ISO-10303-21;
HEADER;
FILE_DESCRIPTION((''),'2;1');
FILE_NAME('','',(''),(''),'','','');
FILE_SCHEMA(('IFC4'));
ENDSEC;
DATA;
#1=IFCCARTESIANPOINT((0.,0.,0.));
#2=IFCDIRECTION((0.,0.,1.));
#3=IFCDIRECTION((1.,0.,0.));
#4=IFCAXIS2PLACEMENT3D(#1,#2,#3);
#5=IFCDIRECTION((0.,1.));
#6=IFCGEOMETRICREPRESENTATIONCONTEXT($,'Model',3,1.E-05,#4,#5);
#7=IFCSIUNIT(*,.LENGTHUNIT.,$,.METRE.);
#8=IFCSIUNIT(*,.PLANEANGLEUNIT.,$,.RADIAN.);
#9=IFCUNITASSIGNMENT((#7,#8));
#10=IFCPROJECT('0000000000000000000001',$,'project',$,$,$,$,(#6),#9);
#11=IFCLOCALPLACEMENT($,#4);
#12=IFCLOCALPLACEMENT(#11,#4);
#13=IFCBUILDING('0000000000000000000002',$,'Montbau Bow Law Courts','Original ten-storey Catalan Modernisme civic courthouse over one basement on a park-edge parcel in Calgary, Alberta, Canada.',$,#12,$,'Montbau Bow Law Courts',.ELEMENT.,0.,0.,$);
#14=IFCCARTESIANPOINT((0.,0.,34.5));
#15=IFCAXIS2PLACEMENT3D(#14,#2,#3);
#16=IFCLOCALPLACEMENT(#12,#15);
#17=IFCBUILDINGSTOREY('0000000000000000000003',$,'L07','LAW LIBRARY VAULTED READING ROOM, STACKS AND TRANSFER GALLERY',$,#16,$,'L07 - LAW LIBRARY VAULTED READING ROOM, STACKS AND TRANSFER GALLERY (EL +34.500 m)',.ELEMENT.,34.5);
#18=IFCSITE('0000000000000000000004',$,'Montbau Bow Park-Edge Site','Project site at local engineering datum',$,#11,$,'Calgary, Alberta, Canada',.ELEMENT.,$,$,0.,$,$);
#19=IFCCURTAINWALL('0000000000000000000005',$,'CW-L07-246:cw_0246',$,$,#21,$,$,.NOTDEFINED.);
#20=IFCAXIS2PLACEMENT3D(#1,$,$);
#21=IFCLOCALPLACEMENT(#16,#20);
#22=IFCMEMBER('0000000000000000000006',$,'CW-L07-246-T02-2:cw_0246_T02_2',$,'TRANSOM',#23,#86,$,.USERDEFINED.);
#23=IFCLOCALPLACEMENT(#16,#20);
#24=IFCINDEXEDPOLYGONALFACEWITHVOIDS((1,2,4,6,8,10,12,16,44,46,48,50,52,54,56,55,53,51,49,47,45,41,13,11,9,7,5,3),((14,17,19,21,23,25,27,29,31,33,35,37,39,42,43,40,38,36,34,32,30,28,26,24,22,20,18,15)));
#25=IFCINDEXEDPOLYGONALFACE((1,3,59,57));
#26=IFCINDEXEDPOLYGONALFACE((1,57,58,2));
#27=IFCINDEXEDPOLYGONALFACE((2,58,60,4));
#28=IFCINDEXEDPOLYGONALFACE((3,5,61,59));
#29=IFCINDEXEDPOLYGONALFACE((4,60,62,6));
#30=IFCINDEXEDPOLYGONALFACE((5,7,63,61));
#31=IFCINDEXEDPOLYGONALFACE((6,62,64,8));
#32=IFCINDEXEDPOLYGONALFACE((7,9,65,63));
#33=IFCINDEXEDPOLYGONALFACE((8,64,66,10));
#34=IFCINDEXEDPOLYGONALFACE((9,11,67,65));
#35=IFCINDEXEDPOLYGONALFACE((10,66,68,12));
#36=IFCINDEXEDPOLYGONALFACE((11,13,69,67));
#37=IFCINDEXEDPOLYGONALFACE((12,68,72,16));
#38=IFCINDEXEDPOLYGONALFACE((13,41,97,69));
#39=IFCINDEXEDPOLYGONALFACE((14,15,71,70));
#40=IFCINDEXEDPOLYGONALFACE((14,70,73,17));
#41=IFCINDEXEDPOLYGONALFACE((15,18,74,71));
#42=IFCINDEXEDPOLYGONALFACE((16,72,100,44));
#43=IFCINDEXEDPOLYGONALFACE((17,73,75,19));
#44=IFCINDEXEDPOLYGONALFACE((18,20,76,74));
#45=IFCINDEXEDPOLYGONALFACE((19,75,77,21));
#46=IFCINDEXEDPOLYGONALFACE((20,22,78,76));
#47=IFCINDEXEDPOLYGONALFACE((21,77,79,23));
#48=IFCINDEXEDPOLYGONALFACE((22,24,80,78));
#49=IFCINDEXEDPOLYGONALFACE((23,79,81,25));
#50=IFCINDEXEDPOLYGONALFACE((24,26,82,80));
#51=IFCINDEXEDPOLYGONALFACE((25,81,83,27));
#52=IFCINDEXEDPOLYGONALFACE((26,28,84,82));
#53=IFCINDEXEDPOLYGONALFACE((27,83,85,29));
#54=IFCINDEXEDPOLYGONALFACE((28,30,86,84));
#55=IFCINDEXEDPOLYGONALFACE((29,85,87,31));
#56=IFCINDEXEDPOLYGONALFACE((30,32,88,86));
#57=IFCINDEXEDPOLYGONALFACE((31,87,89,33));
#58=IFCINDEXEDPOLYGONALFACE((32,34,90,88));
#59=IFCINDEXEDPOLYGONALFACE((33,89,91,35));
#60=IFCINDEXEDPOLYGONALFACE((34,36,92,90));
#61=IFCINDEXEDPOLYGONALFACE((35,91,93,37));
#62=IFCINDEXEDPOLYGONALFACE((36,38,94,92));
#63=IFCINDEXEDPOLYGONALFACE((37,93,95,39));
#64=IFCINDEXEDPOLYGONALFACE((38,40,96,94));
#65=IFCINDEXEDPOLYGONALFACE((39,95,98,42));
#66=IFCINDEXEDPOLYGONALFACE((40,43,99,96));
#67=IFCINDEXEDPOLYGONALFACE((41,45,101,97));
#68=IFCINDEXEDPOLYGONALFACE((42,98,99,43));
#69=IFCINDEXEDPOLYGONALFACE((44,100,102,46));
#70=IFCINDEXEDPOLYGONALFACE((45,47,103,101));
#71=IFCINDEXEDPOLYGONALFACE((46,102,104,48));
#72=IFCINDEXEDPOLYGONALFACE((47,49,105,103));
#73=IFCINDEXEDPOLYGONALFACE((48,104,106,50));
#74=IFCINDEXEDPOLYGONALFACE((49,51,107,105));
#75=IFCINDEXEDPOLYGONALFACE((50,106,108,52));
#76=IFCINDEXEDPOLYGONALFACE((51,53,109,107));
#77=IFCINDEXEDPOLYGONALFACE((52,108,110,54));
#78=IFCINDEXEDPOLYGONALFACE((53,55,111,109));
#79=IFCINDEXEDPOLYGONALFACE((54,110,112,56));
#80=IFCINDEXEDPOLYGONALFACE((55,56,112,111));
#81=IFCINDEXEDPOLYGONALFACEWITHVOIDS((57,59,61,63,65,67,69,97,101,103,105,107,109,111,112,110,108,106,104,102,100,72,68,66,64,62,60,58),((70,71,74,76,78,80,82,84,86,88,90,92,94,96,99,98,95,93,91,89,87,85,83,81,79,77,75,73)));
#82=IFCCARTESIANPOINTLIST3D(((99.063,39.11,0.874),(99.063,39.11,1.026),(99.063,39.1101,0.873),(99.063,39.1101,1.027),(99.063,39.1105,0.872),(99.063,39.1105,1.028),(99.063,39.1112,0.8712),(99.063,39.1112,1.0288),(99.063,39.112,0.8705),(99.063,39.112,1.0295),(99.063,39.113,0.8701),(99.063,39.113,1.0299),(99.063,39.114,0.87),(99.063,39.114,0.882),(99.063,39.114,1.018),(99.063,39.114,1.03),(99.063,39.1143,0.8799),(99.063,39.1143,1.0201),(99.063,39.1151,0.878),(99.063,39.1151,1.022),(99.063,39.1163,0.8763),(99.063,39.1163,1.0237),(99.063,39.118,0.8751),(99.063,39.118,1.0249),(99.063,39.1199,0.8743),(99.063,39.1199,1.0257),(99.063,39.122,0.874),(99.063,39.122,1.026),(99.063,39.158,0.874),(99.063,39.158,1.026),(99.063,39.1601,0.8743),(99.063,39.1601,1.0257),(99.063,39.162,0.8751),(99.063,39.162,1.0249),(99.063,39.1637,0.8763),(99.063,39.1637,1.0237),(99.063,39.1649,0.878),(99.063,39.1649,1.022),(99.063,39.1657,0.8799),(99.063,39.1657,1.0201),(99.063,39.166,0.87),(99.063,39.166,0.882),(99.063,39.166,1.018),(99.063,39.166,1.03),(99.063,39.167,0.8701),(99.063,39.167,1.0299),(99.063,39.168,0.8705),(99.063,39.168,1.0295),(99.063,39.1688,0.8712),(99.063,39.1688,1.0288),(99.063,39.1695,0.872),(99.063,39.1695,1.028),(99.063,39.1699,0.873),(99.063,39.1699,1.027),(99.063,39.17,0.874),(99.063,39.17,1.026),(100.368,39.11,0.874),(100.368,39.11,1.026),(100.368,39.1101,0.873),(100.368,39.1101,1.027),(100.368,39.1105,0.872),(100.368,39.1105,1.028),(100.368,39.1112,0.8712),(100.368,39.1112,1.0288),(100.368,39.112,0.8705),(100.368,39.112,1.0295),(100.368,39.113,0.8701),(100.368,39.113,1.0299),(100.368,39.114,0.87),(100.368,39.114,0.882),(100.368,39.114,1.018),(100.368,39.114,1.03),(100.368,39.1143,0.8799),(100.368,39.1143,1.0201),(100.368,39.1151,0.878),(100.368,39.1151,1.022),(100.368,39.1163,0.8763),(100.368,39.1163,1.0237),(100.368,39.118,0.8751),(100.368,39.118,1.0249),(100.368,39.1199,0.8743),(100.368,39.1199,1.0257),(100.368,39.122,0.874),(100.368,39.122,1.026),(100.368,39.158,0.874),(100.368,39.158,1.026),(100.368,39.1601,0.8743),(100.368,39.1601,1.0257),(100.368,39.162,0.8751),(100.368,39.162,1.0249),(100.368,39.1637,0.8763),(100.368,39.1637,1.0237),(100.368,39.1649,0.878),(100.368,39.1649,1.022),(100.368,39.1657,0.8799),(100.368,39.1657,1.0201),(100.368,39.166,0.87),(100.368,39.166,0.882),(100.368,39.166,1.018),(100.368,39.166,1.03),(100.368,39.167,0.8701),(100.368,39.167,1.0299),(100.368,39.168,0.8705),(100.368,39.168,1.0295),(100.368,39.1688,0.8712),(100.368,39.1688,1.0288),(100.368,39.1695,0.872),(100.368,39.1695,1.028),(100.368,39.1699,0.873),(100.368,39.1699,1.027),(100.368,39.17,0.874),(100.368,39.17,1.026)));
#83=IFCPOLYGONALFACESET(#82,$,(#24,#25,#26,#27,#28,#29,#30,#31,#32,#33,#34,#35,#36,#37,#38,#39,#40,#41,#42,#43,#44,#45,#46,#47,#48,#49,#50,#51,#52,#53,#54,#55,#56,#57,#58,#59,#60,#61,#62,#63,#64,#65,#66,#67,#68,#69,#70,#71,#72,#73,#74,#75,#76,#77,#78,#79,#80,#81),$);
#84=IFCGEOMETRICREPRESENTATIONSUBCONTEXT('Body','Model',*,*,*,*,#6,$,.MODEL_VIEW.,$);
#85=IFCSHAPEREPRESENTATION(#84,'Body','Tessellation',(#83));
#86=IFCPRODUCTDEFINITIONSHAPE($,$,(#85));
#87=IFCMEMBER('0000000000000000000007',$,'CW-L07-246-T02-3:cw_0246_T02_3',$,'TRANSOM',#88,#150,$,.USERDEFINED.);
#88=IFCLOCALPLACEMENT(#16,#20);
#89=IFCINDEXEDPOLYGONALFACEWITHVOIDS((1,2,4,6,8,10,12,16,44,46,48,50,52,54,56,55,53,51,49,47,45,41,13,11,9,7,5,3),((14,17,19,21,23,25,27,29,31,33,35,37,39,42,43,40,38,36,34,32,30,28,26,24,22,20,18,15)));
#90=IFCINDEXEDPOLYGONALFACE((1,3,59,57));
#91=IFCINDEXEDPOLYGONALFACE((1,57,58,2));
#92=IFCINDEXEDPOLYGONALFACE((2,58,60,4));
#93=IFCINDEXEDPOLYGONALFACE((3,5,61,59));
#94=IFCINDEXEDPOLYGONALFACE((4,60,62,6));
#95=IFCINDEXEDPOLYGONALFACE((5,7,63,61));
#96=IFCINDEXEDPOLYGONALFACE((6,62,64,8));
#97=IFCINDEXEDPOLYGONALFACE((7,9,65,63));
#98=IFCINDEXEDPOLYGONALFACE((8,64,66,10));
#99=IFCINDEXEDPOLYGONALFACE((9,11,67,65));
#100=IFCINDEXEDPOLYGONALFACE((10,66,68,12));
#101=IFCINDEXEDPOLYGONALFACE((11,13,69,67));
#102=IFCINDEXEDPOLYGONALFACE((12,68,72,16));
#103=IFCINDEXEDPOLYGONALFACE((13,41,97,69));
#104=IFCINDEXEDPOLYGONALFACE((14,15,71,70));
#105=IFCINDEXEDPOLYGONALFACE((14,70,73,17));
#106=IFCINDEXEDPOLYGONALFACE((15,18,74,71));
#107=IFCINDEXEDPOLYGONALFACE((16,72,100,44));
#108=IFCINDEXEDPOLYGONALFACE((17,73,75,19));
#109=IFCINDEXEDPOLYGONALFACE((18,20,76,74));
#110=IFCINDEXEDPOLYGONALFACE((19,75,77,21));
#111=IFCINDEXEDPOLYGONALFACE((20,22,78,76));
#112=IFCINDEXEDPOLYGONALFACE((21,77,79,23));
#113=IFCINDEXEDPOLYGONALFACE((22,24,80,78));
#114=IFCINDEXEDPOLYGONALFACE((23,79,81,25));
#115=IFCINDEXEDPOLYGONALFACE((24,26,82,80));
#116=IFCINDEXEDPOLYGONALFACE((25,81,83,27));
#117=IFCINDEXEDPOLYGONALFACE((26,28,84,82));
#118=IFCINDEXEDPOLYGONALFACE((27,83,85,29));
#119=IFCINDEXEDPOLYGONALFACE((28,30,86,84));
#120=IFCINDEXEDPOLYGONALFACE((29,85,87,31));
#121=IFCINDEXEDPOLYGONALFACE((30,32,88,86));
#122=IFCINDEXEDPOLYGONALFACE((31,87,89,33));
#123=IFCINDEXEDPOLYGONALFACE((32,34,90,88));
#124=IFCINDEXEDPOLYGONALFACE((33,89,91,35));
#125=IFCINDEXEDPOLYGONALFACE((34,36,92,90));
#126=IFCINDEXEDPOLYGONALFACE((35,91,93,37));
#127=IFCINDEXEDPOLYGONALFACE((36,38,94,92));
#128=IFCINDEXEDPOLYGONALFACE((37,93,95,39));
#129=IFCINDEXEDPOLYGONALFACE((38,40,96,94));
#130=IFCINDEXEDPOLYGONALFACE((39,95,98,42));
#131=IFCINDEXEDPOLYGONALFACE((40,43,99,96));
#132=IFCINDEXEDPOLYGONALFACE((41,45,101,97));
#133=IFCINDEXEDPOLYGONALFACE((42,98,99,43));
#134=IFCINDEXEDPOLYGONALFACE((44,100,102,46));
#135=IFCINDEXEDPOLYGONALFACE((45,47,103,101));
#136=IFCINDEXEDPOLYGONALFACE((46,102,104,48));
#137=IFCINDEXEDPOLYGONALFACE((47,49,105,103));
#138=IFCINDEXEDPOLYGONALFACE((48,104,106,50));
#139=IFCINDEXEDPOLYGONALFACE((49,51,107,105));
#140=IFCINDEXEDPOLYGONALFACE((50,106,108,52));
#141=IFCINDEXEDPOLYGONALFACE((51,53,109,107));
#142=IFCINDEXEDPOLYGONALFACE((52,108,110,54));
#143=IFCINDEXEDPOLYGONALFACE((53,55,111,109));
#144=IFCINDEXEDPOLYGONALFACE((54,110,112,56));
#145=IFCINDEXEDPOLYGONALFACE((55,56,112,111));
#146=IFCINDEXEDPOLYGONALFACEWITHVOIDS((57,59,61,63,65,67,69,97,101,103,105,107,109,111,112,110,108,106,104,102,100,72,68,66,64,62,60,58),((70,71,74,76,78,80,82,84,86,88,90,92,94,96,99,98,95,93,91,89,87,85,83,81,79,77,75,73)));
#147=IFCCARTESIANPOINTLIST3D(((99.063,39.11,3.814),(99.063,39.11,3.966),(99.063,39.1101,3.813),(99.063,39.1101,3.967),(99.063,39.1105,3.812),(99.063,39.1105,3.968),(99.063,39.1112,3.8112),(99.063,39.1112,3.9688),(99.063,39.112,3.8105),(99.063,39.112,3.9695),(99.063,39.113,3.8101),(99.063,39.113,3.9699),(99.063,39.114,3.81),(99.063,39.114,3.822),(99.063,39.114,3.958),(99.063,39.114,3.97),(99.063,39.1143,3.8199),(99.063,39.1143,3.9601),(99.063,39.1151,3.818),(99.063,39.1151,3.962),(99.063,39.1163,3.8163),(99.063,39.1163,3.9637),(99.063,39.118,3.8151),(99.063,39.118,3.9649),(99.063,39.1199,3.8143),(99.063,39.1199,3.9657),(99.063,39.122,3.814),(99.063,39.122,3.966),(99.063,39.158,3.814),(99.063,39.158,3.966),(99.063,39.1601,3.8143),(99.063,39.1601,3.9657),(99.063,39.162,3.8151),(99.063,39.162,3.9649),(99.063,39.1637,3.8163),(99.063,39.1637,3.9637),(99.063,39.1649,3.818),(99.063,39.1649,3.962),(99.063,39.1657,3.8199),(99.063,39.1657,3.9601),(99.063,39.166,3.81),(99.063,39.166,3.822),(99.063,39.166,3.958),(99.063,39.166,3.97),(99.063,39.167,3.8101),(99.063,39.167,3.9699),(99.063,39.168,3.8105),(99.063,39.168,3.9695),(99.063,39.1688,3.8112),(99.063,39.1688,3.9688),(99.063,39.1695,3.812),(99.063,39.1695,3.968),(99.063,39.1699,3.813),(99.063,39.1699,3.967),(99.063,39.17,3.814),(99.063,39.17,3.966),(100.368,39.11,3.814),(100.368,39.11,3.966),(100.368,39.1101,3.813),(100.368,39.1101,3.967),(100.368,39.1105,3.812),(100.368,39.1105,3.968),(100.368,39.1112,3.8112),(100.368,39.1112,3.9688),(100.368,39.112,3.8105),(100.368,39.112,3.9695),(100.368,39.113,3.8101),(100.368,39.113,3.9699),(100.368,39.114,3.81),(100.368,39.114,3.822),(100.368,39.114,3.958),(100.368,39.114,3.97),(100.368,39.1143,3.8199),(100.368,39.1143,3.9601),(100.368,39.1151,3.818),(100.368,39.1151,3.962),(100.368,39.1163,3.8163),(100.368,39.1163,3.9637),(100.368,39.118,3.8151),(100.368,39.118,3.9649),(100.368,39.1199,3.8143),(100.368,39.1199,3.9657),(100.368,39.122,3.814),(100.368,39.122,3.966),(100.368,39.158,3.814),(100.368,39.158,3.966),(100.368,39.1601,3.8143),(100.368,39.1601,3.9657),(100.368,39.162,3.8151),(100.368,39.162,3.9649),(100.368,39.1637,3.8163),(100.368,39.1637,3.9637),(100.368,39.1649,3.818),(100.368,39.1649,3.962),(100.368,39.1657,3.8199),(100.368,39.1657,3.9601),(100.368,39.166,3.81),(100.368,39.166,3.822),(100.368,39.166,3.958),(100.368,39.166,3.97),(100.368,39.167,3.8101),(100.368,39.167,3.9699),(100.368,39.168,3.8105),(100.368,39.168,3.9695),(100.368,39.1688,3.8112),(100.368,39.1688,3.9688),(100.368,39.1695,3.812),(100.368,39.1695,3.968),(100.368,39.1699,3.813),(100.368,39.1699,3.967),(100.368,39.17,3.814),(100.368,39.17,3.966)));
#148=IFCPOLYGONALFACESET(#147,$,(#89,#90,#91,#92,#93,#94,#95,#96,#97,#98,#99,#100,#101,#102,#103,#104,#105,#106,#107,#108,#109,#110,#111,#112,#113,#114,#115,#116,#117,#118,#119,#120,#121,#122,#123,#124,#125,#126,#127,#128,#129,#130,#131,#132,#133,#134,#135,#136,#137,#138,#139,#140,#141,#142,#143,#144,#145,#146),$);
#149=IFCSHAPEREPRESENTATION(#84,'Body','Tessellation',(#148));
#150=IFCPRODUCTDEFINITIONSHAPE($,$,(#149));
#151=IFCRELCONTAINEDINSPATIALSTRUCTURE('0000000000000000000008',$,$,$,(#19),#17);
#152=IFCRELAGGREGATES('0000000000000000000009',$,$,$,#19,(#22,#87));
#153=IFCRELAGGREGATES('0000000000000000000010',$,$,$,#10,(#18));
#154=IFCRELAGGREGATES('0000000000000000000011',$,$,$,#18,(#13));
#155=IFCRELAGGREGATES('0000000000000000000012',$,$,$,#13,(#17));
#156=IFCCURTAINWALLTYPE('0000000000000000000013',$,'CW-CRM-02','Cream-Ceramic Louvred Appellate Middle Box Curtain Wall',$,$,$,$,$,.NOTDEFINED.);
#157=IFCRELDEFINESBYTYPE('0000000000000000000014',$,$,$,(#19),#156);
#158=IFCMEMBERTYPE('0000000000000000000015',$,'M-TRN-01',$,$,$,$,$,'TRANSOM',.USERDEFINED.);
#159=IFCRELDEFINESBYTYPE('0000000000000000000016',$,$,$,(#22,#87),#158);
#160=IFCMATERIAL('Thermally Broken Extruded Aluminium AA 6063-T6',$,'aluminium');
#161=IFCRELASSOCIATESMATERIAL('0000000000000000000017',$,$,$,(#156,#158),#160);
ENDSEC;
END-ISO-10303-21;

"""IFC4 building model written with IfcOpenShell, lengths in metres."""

from ifc_helpers import new_model, si_unit, direction, frame, origin_with_axes, origin_2d_with_axis, place, context, subcontext, project, spatial, hollow_rectangle, extrude, material, material_profile, profile_set, type_object, element, aggregate, save


model = new_model("IFC4")

# Units and contexts
model_context = context("Model", 3, precision=1e-05, world=origin_with_axes(), true_north=direction((0.0, 1.0)))
body_context = subcontext(model_context, "Body", "Model", "MODEL_VIEW")
ifc_project = project(units=[si_unit("LENGTHUNIT", "METRE"), si_unit("PLANEANGLEUNIT", "RADIAN")], contexts=[model_context])

# Site, building, storey
site_placement = place(None, origin_with_axes())
site = spatial("IfcSite", under=ifc_project, at=site_placement, Name="Montbau Bow Park-Edge Site", Description="Project site at local engineering datum", LongName="Calgary, Alberta, Canada", CompositionType="ELEMENT", RefElevation=0.0)
building_placement = place(site_placement, origin_with_axes())
building = spatial("IfcBuilding", under=site, at=building_placement, Name="Montbau Bow Law Courts", Description="Original ten-storey Catalan Modernisme civic courthouse over one basement on a park-edge parcel in Calgary, Alberta, Canada.", LongName="Montbau Bow Law Courts", CompositionType="ELEMENT", ElevationOfRefHeight=0.0, ElevationOfTerrain=0.0)
storey_placement = place(building_placement, frame((0.0, 0.0, 34.5), z_axis=(0.0, 0.0, 1.0), x_axis=(1.0, 0.0, 0.0)))
storey = spatial("IfcBuildingStorey", under=building, at=storey_placement, Name="L07", Description="LAW LIBRARY VAULTED READING ROOM, STACKS AND TRANSFER GALLERY", LongName="L07 - LAW LIBRARY VAULTED READING ROOM, STACKS AND TRANSFER GALLERY (EL +34.500 m)", CompositionType="ELEMENT", Elevation=34.5)

# Curtain wall
ifc_material_1 = material(Name="Thermally Broken Extruded Aluminium AA 6063-T6", Category="aluminium")
curtain_wall_type = type_object("IfcCurtainWallType", Name="CW-CRM-02", Description="Cream-Ceramic Louvred Appellate Middle Box Curtain Wall", PredefinedType="NOTDEFINED", material=ifc_material_1)
curtain_wall_1_placement = place(None, frame((97.64, 39.14, 34.5), z_axis=(0.0, 0.0, 1.0), x_axis=(1.0, 0.0, 0.0)))
curtain_wall_1 = element("IfcCurtainWall", 1, at=curtain_wall_1_placement, inside=storey, type_object=curtain_wall_type, Name="CW-L07-246:cw_0246", PredefinedType="NOTDEFINED")

# Members
ifc_material_profile_1 = material_profile(ifc_material_1, hollow_rectangle(XDim=0.06, YDim=0.16, WallThickness=0.004, InnerFilletRadius=0.008, OuterFilletRadius=0.004, at=origin_2d_with_axis()), Name="CWT-160X60", Category="Main", Priority=0)
ifc_profile_set_1 = profile_set([ifc_material_profile_1], Name="Thermally Broken Extruded Aluminium AA 6063-T6")
member_type_1 = type_object("IfcMemberType", Name="M-TRN-01", ElementType="TRANSOM", PredefinedType="USERDEFINED", material=ifc_profile_set_1)
member_1_placement = place(None, frame((99.063, 39.14, 35.45), z_axis=(1.0, 0.0, 0.0), x_axis=(0.0, 1.0, 0.0)))
member_1 = element("IfcMember", 2, at=member_1_placement, type_object=member_type_1, Name="CW-L07-246-T02-2:cw_0246_T02_2", ObjectType="TRANSOM", PredefinedType="USERDEFINED", context=body_context, shape_type="SweptSolid", body=[
    extrude(hollow_rectangle(XDim=0.06, YDim=0.16, WallThickness=0.004, InnerFilletRadius=0.008, OuterFilletRadius=0.004, at=origin_2d_with_axis()), origin_with_axes(), (0.0, 0.0, 1.0), 1.305),
])
member_2_placement = place(None, frame((99.063, 39.14, 38.39), z_axis=(1.0, 0.0, 0.0), x_axis=(0.0, 1.0, 0.0)))
member_2 = element("IfcMember", 3, at=member_2_placement, type_object=member_type_1, Name="CW-L07-246-T02-3:cw_0246_T02_3", ObjectType="TRANSOM", PredefinedType="USERDEFINED", context=body_context, shape_type="SweptSolid", body=[
    extrude(hollow_rectangle(XDim=0.06, YDim=0.16, WallThickness=0.004, InnerFilletRadius=0.008, OuterFilletRadius=0.004, at=origin_2d_with_axis()), origin_with_axes(), (0.0, 0.0, 1.0), 1.305),
])

aggregate(curtain_wall_1, [member_1, member_2])

save(model, "model.ifc")
